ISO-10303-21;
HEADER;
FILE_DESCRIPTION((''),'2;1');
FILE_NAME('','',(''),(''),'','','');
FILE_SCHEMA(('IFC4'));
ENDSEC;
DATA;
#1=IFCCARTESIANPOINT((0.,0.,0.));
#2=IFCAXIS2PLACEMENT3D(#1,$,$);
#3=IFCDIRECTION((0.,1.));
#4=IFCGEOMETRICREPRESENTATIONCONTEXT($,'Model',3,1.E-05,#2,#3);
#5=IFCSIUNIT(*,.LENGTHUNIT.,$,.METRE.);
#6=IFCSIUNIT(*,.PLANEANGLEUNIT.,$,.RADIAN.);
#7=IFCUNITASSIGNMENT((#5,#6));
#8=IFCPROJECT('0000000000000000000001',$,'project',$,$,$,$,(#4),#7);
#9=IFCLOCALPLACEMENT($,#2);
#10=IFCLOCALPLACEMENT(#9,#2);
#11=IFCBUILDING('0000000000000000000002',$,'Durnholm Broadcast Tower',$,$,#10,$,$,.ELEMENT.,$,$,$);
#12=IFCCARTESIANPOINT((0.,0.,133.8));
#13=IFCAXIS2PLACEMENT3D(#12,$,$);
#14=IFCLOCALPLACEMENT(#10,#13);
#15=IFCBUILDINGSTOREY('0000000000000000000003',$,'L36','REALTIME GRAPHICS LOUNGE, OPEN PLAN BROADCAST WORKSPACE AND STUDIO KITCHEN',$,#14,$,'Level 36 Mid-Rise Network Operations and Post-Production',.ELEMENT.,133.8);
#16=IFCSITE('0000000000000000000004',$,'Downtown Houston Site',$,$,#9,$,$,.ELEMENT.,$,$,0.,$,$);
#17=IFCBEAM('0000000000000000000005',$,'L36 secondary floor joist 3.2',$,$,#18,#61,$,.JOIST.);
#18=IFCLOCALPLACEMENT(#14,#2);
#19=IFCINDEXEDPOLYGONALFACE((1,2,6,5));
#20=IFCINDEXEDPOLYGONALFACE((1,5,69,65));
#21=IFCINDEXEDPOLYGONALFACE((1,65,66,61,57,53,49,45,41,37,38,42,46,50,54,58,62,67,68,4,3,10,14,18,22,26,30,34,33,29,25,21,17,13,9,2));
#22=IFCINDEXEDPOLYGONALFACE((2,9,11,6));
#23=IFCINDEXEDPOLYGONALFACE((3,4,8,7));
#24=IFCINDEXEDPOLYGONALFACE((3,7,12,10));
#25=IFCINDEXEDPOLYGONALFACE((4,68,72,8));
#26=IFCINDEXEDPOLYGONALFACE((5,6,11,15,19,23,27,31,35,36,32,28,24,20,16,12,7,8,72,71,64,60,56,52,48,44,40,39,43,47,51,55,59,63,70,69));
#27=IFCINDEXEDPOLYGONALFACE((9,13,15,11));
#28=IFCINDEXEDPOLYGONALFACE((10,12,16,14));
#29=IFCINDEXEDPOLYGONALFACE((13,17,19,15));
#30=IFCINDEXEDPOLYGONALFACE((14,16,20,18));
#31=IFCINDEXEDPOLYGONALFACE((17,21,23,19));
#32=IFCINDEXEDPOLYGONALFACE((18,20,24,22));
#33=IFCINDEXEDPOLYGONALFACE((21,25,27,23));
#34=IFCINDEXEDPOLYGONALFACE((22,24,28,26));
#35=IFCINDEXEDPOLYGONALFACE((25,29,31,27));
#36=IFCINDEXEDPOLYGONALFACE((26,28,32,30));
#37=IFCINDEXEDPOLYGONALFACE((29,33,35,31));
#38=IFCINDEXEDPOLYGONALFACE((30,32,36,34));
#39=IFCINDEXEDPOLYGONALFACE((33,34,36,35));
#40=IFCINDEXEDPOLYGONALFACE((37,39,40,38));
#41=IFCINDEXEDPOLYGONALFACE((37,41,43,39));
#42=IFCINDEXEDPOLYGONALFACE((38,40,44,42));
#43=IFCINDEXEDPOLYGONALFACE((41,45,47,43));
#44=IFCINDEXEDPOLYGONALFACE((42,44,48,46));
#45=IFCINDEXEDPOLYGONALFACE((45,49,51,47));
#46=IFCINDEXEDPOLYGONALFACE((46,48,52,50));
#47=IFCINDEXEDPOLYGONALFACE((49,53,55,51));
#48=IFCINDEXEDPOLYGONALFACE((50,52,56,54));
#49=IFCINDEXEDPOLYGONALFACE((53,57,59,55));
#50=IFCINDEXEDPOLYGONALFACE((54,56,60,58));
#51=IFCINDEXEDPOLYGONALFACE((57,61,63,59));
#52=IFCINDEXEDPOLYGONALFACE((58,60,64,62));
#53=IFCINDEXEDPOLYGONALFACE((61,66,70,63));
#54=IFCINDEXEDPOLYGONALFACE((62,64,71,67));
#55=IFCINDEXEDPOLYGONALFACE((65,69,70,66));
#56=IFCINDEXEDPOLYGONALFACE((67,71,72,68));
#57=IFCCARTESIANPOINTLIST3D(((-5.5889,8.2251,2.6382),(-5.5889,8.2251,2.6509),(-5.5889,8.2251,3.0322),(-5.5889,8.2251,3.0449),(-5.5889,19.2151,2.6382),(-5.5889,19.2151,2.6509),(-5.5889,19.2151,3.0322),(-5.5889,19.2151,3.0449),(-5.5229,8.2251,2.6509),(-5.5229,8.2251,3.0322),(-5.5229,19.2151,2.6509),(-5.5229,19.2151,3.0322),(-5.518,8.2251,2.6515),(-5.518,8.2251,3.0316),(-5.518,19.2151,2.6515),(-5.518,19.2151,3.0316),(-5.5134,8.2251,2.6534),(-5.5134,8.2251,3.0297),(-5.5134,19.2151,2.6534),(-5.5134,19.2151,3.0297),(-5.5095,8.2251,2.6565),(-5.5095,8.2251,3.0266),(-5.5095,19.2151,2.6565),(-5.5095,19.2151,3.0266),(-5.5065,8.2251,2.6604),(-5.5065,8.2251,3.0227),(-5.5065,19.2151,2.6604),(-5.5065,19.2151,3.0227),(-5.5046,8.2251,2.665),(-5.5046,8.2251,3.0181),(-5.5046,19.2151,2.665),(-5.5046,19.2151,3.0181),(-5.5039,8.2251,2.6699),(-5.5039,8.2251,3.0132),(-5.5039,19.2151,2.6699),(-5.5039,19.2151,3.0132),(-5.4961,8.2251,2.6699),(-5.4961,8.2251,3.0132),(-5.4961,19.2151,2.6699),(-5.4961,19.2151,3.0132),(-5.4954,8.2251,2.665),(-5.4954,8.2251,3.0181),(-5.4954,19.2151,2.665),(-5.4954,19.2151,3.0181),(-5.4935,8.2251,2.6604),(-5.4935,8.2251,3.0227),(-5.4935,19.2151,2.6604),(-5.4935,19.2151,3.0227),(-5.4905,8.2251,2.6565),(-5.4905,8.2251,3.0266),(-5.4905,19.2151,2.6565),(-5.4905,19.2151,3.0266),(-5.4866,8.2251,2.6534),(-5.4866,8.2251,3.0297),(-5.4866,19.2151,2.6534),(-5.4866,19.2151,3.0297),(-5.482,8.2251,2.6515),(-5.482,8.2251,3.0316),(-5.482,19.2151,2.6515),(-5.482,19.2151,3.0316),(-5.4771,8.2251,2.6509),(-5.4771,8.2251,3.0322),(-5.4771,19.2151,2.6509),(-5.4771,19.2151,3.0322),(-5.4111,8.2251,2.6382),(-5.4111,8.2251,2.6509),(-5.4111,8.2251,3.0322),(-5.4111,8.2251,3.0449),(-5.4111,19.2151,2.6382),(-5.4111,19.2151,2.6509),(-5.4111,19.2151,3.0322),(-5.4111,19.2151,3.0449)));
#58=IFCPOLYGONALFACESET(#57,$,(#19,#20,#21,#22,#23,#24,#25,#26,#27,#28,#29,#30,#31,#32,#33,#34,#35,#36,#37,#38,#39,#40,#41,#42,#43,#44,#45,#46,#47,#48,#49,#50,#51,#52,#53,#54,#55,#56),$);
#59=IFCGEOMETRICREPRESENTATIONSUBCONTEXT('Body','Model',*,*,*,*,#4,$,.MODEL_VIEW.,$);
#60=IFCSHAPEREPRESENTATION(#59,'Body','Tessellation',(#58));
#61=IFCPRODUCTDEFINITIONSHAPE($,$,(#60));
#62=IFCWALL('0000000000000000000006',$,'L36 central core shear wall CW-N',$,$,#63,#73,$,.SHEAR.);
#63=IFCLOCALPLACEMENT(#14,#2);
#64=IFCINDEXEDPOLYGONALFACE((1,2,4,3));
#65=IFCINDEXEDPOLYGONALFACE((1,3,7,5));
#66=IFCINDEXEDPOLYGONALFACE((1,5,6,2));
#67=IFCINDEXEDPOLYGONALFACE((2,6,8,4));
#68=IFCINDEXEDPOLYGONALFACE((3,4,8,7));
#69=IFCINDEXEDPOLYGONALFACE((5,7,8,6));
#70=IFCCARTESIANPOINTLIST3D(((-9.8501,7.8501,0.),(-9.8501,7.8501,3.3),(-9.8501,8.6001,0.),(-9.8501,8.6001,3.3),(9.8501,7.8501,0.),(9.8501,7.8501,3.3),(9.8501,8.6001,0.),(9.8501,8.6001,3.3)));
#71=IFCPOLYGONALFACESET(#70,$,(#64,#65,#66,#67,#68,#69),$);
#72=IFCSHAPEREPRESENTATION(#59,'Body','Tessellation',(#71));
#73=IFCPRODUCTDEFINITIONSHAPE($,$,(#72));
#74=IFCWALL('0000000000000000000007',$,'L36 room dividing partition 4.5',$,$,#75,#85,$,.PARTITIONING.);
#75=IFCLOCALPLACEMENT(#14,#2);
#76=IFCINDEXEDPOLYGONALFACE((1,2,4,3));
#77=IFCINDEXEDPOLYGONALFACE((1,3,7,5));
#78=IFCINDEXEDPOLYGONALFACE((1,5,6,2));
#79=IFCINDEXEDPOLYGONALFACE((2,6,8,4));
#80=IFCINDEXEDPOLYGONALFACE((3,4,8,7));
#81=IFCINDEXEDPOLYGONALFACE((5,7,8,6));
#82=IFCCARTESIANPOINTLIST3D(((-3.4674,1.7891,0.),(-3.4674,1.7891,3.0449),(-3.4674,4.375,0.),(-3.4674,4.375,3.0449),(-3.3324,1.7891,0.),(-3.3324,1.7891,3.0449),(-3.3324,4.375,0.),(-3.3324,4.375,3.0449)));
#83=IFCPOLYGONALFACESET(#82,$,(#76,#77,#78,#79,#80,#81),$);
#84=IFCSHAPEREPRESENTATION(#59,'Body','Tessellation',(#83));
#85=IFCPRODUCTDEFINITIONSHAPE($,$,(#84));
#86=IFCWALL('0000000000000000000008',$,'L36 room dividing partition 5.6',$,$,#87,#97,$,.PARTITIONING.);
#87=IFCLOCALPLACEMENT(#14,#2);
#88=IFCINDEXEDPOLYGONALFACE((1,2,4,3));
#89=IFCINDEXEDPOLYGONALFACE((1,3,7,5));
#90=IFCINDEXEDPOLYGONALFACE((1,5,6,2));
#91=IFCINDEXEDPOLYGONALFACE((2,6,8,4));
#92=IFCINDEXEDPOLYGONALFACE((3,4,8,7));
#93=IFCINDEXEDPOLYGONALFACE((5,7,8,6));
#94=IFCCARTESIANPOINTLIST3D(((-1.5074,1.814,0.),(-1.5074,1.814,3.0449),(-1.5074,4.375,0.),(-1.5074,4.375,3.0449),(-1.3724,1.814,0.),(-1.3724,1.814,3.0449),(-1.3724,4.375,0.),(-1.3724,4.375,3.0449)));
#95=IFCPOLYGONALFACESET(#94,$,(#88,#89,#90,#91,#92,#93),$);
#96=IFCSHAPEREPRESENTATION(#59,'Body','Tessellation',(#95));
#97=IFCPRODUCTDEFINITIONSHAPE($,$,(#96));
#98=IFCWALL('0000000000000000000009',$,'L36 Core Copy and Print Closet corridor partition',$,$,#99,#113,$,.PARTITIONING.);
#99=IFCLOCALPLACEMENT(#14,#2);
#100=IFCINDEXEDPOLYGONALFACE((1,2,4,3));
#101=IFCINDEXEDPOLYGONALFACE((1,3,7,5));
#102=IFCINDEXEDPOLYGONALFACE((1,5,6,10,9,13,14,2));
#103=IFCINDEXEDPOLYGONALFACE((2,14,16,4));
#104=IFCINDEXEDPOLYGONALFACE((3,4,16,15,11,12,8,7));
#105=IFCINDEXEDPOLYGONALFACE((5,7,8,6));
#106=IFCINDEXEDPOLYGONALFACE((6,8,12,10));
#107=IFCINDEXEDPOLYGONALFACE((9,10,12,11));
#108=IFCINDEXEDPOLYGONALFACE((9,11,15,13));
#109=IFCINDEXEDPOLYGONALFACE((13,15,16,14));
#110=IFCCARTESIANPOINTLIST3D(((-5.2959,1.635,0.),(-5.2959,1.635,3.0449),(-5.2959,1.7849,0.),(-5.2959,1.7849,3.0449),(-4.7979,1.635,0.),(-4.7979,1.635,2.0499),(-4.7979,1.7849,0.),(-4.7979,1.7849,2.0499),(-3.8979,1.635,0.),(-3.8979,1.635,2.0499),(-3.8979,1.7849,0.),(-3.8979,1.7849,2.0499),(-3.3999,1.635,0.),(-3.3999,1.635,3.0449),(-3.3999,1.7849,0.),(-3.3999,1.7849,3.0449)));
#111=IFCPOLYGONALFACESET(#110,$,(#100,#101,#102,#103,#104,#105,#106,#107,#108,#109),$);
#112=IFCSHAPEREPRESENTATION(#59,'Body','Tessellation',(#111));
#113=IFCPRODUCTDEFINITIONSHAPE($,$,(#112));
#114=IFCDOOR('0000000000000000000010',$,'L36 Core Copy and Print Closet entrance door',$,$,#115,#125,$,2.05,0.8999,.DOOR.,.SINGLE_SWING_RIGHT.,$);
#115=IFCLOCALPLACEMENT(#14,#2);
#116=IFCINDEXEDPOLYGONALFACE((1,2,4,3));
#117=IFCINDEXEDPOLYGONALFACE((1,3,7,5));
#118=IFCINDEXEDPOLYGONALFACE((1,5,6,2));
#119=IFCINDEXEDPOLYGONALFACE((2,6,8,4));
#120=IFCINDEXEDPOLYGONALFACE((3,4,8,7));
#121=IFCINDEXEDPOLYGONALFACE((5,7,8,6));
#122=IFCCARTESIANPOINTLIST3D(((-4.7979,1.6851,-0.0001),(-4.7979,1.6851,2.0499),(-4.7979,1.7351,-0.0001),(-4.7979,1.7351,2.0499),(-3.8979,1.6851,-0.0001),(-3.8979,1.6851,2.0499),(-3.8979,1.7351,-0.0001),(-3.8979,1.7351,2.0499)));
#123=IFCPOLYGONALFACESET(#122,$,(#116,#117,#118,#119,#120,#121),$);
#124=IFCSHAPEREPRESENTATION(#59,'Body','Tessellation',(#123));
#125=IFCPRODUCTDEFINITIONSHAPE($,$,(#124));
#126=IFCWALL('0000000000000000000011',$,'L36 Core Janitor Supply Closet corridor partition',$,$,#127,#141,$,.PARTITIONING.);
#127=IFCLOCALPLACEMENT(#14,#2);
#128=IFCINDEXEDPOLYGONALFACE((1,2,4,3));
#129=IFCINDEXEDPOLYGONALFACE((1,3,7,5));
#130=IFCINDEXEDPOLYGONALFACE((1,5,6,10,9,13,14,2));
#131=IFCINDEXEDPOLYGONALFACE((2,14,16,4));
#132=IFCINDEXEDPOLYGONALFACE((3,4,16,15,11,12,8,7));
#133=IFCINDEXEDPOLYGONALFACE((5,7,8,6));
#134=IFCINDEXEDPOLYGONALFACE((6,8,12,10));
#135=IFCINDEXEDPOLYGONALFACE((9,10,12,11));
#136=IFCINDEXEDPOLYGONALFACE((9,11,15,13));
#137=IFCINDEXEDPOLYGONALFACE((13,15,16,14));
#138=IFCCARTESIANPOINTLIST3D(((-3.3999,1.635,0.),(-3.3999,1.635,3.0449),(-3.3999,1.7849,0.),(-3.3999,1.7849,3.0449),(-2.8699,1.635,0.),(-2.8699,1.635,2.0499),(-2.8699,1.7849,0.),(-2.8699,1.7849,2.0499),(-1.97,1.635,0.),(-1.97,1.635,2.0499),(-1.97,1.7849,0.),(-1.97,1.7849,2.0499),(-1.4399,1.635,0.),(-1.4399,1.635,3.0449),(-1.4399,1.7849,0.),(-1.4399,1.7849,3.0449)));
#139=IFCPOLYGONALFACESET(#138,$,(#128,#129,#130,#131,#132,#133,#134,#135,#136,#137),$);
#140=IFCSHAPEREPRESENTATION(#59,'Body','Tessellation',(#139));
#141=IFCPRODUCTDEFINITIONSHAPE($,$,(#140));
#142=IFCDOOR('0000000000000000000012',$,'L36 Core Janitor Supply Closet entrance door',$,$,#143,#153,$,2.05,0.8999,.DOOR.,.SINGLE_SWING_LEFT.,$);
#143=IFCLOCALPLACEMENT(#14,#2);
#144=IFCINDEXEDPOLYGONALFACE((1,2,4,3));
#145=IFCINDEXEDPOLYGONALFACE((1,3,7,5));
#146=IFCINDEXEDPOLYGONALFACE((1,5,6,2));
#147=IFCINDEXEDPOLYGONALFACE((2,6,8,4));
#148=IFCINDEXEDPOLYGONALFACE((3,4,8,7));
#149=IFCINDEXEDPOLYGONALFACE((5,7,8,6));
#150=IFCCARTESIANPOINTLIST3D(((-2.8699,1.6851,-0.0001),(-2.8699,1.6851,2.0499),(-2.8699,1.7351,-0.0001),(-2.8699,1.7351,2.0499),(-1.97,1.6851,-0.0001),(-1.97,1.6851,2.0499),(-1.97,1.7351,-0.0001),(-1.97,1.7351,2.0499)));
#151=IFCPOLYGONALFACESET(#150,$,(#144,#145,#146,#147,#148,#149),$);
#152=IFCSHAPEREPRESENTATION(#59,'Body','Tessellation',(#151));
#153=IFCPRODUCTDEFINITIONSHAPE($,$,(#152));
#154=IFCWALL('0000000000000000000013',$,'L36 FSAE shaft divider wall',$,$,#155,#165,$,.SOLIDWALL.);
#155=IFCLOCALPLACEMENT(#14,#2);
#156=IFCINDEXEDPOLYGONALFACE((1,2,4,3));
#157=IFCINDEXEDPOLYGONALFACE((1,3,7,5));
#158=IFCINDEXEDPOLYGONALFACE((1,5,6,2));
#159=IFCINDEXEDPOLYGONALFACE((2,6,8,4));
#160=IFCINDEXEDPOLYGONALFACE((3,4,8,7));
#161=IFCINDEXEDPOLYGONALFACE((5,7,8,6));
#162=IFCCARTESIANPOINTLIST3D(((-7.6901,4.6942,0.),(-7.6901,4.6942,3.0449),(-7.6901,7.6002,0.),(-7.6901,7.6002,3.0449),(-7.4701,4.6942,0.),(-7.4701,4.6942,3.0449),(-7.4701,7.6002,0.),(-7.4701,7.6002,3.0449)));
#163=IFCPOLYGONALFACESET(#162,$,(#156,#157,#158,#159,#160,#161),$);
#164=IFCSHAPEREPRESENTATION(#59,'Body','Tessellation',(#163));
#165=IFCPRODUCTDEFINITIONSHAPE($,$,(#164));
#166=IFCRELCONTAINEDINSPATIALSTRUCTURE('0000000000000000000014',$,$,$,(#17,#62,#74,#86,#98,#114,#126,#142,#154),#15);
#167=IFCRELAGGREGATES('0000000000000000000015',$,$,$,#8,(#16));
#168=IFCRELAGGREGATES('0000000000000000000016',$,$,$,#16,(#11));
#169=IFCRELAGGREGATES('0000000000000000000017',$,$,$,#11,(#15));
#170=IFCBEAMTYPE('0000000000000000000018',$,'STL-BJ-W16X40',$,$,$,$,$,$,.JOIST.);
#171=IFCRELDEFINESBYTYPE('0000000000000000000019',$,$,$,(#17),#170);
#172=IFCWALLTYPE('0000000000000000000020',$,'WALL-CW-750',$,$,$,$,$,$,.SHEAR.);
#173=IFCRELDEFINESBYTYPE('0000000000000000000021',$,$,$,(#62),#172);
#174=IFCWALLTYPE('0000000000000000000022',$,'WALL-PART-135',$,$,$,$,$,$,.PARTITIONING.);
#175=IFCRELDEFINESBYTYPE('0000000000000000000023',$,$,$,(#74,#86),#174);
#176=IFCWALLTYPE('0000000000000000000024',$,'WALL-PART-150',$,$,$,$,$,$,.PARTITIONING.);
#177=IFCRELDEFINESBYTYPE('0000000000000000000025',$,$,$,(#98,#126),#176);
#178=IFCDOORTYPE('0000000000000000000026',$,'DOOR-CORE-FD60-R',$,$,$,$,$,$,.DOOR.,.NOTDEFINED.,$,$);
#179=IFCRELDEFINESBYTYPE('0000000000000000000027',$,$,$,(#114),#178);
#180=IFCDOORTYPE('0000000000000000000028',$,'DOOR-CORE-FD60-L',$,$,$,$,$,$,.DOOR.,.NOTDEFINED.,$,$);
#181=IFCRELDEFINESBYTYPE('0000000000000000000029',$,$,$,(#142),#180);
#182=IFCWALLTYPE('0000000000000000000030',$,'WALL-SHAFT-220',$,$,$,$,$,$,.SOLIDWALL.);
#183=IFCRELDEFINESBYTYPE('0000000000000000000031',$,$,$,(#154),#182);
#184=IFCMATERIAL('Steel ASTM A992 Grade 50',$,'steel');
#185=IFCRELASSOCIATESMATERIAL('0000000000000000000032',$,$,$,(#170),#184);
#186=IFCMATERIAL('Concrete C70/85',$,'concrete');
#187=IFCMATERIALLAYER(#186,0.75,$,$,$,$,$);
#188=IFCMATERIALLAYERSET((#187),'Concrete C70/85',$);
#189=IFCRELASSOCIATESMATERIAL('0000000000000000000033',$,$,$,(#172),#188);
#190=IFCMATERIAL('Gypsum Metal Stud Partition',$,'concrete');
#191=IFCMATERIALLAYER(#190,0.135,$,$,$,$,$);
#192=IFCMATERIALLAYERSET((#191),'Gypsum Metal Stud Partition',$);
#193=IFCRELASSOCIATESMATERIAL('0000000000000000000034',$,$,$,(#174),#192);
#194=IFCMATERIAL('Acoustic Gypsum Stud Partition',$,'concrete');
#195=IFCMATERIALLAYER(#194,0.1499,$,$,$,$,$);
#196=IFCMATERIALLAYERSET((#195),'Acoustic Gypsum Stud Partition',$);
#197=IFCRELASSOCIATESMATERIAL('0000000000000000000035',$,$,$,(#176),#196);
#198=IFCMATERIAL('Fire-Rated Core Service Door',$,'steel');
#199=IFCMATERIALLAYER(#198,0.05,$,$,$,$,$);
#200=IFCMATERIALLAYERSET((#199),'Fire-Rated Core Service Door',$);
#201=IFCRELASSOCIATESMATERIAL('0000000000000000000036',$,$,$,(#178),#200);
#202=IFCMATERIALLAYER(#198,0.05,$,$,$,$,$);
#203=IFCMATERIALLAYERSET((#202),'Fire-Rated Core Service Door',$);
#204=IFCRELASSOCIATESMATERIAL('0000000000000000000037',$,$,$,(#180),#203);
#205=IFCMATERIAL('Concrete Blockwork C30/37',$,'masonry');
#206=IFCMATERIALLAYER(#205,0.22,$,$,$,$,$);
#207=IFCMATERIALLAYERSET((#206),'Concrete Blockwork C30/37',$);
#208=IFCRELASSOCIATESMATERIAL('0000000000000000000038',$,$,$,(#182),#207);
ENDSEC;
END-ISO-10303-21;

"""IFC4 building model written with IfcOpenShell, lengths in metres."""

from ifc_helpers import new_model, si_unit, direction, frame, frame_2d, origin, origin_2d, place, context, subcontext, project, spatial, rectangle, i_section, extrude, source, transform, mapped, material, layer, layer_set, material_profile, profile_set, type_object, type_shapes, element, fill, save


model = new_model("IFC4")

# Units and contexts
model_context = context("Model", 3, precision=1e-05, world=origin(), true_north=direction((0.0, 1.0)))
body_context = subcontext(model_context, "Body", "Model", "MODEL_VIEW")
ifc_project = project(units=[si_unit("LENGTHUNIT", "METRE"), si_unit("PLANEANGLEUNIT", "RADIAN")], contexts=[model_context])

# Site, building, storey
site_placement = place(None, origin())
site = spatial("IfcSite", under=ifc_project, at=site_placement, Name="Downtown Houston Site", CompositionType="ELEMENT", RefElevation=0.0)
building_placement = place(site_placement, origin())
building = spatial("IfcBuilding", under=site, at=building_placement, Name="Durnholm Broadcast Tower", CompositionType="ELEMENT")
storey_placement = place(building_placement, frame((0.0, 0.0, 133.8)))
storey = spatial("IfcBuildingStorey", under=building, at=storey_placement, Name="L36", Description="REALTIME GRAPHICS LOUNGE, OPEN PLAN BROADCAST WORKSPACE AND STUDIO KITCHEN", LongName="Level 36 Mid-Rise Network Operations and Post-Production", CompositionType="ELEMENT", Elevation=133.8)

# Shared definitions
ifc_material_1 = material(Name="Concrete C70/85", Category="concrete")

# Beam
ifc_material_2 = material(Name="Steel ASTM A992 Grade 50", Category="steel")
ifc_material_profile_1 = material_profile(ifc_material_2, i_section(OverallWidth=0.1777, OverallDepth=0.4067, WebThickness=0.0078, FlangeThickness=0.0127, FilletRadius=0.019, at=origin_2d()), Name="W16X40")
ifc_profile_set_1 = profile_set([ifc_material_profile_1], Name="Steel ASTM A992 Grade 50")
beam_type_1 = type_object("IfcBeamType", Name="STL-BJ-W16X40", PredefinedType="JOIST", material=ifc_profile_set_1)
shared_shape_1 = source(origin(), body_context, "Body", "SweptSolid", [
    extrude(i_section(OverallWidth=0.1777, OverallDepth=0.4067, WebThickness=0.0078, FlangeThickness=0.0127, FilletRadius=0.019, at=origin_2d()), origin(), (0.0, 0.0, 1.0), 10.99),
])
type_shapes(beam_type_1, [shared_shape_1])
beam_1_placement = place(storey_placement, frame((-5.5, 8.2251, 2.8416), z_axis=(0.0, 1.0, 0.0), x_axis=(-1.0, 0.0, 0.0)))
element("IfcBeam", 1, at=beam_1_placement, inside=storey, type_object=beam_type_1, Name="L36 secondary floor joist 3.2", PredefinedType="JOIST", context=body_context, shape_type="MappedRepresentation", body=[
    mapped(shared_shape_1, transform((0.0, 0.0, 0.0), x_axis=(1.0, 0.0, 0.0), y_axis=(0.0, 1.0, 0.0), z_axis=(0.0, 0.0, 1.0), scale=1.0)),
])

# Walls
ifc_layer_1 = layer(ifc_material_1, 0.75)
ifc_layer_set_1 = layer_set([ifc_layer_1], Name="Concrete C70/85")
wall_type_1 = type_object("IfcWallType", Name="WALL-CW-750", PredefinedType="SHEAR", material=ifc_layer_set_1)
wall_1_placement = place(storey_placement, frame((-9.8501, 8.2251, 0.0), z_axis=(0.0, 0.0, 1.0), x_axis=(1.0, 0.0, 0.0)))
element("IfcWall", 2, at=wall_1_placement, inside=storey, type_object=wall_type_1, Name="L36 central core shear wall CW-N", PredefinedType="SHEAR", context=body_context, shape_type="SweptSolid", body=[
    extrude(rectangle(XDim=19.7002, YDim=0.75, at=frame_2d((9.8501, 0.0))), origin(), (0.0, 0.0, 1.0), 3.3),
])
ifc_material_3 = material(Name="Gypsum Metal Stud Partition", Category="concrete")
ifc_layer_2 = layer(ifc_material_3, 0.135)
ifc_layer_set_2 = layer_set([ifc_layer_2], Name="Gypsum Metal Stud Partition")
wall_type_2 = type_object("IfcWallType", Name="WALL-PART-135", PredefinedType="PARTITIONING", material=ifc_layer_set_2)
wall_2_placement = place(storey_placement, frame((-3.3999, 4.375, 0.0), z_axis=(0.0, 0.0, 1.0), x_axis=(0.0, -1.0, 0.0)))
element("IfcWall", 3, at=wall_2_placement, inside=storey, type_object=wall_type_2, Name="L36 room dividing partition 4.5", PredefinedType="PARTITIONING", context=body_context, shape_type="SweptSolid", body=[
    extrude(rectangle(XDim=2.5859, YDim=0.135, at=frame_2d((1.293, 0.0))), origin(), (0.0, 0.0, 1.0), 3.0449),
])
wall_3_placement = place(storey_placement, frame((-1.4399, 4.375, 0.0), z_axis=(0.0, 0.0, 1.0), x_axis=(0.0, -1.0, 0.0)))
element("IfcWall", 4, at=wall_3_placement, inside=storey, type_object=wall_type_2, Name="L36 room dividing partition 5.6", PredefinedType="PARTITIONING", context=body_context, shape_type="SweptSolid", body=[
    extrude(rectangle(XDim=2.561, YDim=0.135, at=frame_2d((1.2805, 0.0))), origin(), (0.0, 0.0, 1.0), 3.0449),
])

# Walls, openings, doors
ifc_material_4 = material(Name="Acoustic Gypsum Stud Partition", Category="concrete")
ifc_layer_3 = layer(ifc_material_4, 0.1499)
ifc_layer_set_3 = layer_set([ifc_layer_3], Name="Acoustic Gypsum Stud Partition")
wall_type_3 = type_object("IfcWallType", Name="WALL-PART-150", PredefinedType="PARTITIONING", material=ifc_layer_set_3)
wall_4_placement = place(storey_placement, frame((-3.3999, 1.71, 0.0), z_axis=(0.0, 0.0, 1.0), x_axis=(-1.0, 0.0, 0.0)))
wall_4 = element("IfcWall", 5, at=wall_4_placement, inside=storey, type_object=wall_type_3, Name="L36 Core Copy and Print Closet corridor partition", PredefinedType="PARTITIONING", context=body_context, shape_type="SweptSolid", body=[
    extrude(rectangle(XDim=1.896, YDim=0.1499, at=frame_2d((0.948, 0.0))), origin(), (0.0, 0.0, 1.0), 3.0449),
])
opening_1_placement = place(wall_4_placement, frame((0.498, 0.0, 0.0)))
opening_1 = element("IfcOpeningElement", 6, at=opening_1_placement, cuts=wall_4, PredefinedType="OPENING", context=body_context, shape_type="SweptSolid", body=[
    extrude(rectangle(XDim=0.8999, YDim=2.05, at=frame_2d((0.45, 1.0249))), frame((0.0, 0.085, 0.0), z_axis=(0.0, -1.0, 0.0), x_axis=(1.0, 0.0, 0.0)), (0.0, 0.0, 1.0), 0.1699),
])
ifc_material_5 = material(Name="Fire-Rated Core Service Door", Category="steel")
ifc_layer_4 = layer(ifc_material_5, 0.05)
ifc_layer_set_4 = layer_set([ifc_layer_4], Name="Fire-Rated Core Service Door")
door_type_1 = type_object("IfcDoorType", Name="DOOR-CORE-FD60-R", OperationType="NOTDEFINED", PredefinedType="DOOR", material=ifc_layer_set_4)
shared_shape_2 = source(origin(), body_context, "Body", "SweptSolid", [
    extrude(rectangle(XDim=0.8999, YDim=2.05, at=frame_2d((0.45, 1.0249))), frame((0.0, 0.0249, 0.0), z_axis=(0.0, -1.0, 0.0), x_axis=(1.0, 0.0, 0.0)), (0.0, 0.0, 1.0), 0.05),
])
type_shapes(door_type_1, [shared_shape_2])
door_1_placement = place(opening_1_placement, origin())
door_1 = element("IfcDoor", 7, at=door_1_placement, inside=storey, type_object=door_type_1, Name="L36 Core Copy and Print Closet entrance door", OperationType="SINGLE_SWING_RIGHT", OverallHeight=2.05, OverallWidth=0.8999, PredefinedType="DOOR", context=body_context, shape_type="MappedRepresentation", body=[
    mapped(shared_shape_2, transform((0.0, 0.0, 0.0), x_axis=(1.0, 0.0, 0.0), y_axis=(0.0, 1.0, 0.0), z_axis=(0.0, 0.0, 1.0), scale=1.0)),
])
fill(opening_1, door_1)
wall_5_placement = place(storey_placement, frame((-1.4399, 1.71, 0.0), z_axis=(0.0, 0.0, 1.0), x_axis=(-1.0, 0.0, 0.0)))
wall_5 = element("IfcWall", 8, at=wall_5_placement, inside=storey, type_object=wall_type_3, Name="L36 Core Janitor Supply Closet corridor partition", PredefinedType="PARTITIONING", context=body_context, shape_type="SweptSolid", body=[
    extrude(rectangle(XDim=1.96, YDim=0.1499, at=frame_2d((0.98, 0.0))), origin(), (0.0, 0.0, 1.0), 3.0449),
])
opening_2_placement = place(wall_5_placement, frame((0.53, 0.0, 0.0)))
opening_2 = element("IfcOpeningElement", 9, at=opening_2_placement, cuts=wall_5, PredefinedType="OPENING", context=body_context, shape_type="SweptSolid", body=[
    extrude(rectangle(XDim=0.8999, YDim=2.05, at=frame_2d((0.45, 1.0249))), frame((0.0, 0.085, 0.0), z_axis=(0.0, -1.0, 0.0), x_axis=(1.0, 0.0, 0.0)), (0.0, 0.0, 1.0), 0.1699),
])
ifc_layer_5 = layer(ifc_material_5, 0.05)
ifc_layer_set_5 = layer_set([ifc_layer_5], Name="Fire-Rated Core Service Door")
door_type_2 = type_object("IfcDoorType", Name="DOOR-CORE-FD60-L", OperationType="NOTDEFINED", PredefinedType="DOOR", material=ifc_layer_set_5)
shared_shape_3 = source(origin(), body_context, "Body", "SweptSolid", [
    extrude(rectangle(XDim=0.8999, YDim=2.05, at=frame_2d((0.45, 1.0249))), frame((0.0, 0.0249, 0.0), z_axis=(0.0, -1.0, 0.0), x_axis=(1.0, 0.0, 0.0)), (0.0, 0.0, 1.0), 0.05),
])
type_shapes(door_type_2, [shared_shape_3])
door_2_placement = place(opening_2_placement, origin())
door_2 = element("IfcDoor", 10, at=door_2_placement, inside=storey, type_object=door_type_2, Name="L36 Core Janitor Supply Closet entrance door", OperationType="SINGLE_SWING_LEFT", OverallHeight=2.05, OverallWidth=0.8999, PredefinedType="DOOR", context=body_context, shape_type="MappedRepresentation", body=[
    mapped(shared_shape_3, transform((0.0, 0.0, 0.0), x_axis=(1.0, 0.0, 0.0), y_axis=(0.0, 1.0, 0.0), z_axis=(0.0, 0.0, 1.0), scale=1.0)),
])
fill(opening_2, door_2)

# Shared definitions
ifc_material_6 = material(Name="Concrete Blockwork C30/37", Category="masonry")
ifc_layer_6 = layer(ifc_material_6, 0.22)
ifc_layer_set_6 = layer_set([ifc_layer_6], Name="Concrete Blockwork C30/37")
wall_type_4 = type_object("IfcWallType", Name="WALL-SHAFT-220", PredefinedType="SOLIDWALL", material=ifc_layer_set_6)

# Wall
wall_6_placement = place(storey_placement, frame((-7.5801, 4.6941, 0.0), z_axis=(0.0, 0.0, 1.0), x_axis=(0.0, 1.0, 0.0)))
element("IfcWall", 11, at=wall_6_placement, inside=storey, type_object=wall_type_4, Name="L36 FSAE shaft divider wall", PredefinedType="SOLIDWALL", context=body_context, shape_type="SweptSolid", body=[
    extrude(rectangle(XDim=2.906, YDim=0.22, at=frame_2d((1.4531, 0.0))), origin(), (0.0, 0.0, 1.0), 3.0449),
])

save(model, "model.ifc")
